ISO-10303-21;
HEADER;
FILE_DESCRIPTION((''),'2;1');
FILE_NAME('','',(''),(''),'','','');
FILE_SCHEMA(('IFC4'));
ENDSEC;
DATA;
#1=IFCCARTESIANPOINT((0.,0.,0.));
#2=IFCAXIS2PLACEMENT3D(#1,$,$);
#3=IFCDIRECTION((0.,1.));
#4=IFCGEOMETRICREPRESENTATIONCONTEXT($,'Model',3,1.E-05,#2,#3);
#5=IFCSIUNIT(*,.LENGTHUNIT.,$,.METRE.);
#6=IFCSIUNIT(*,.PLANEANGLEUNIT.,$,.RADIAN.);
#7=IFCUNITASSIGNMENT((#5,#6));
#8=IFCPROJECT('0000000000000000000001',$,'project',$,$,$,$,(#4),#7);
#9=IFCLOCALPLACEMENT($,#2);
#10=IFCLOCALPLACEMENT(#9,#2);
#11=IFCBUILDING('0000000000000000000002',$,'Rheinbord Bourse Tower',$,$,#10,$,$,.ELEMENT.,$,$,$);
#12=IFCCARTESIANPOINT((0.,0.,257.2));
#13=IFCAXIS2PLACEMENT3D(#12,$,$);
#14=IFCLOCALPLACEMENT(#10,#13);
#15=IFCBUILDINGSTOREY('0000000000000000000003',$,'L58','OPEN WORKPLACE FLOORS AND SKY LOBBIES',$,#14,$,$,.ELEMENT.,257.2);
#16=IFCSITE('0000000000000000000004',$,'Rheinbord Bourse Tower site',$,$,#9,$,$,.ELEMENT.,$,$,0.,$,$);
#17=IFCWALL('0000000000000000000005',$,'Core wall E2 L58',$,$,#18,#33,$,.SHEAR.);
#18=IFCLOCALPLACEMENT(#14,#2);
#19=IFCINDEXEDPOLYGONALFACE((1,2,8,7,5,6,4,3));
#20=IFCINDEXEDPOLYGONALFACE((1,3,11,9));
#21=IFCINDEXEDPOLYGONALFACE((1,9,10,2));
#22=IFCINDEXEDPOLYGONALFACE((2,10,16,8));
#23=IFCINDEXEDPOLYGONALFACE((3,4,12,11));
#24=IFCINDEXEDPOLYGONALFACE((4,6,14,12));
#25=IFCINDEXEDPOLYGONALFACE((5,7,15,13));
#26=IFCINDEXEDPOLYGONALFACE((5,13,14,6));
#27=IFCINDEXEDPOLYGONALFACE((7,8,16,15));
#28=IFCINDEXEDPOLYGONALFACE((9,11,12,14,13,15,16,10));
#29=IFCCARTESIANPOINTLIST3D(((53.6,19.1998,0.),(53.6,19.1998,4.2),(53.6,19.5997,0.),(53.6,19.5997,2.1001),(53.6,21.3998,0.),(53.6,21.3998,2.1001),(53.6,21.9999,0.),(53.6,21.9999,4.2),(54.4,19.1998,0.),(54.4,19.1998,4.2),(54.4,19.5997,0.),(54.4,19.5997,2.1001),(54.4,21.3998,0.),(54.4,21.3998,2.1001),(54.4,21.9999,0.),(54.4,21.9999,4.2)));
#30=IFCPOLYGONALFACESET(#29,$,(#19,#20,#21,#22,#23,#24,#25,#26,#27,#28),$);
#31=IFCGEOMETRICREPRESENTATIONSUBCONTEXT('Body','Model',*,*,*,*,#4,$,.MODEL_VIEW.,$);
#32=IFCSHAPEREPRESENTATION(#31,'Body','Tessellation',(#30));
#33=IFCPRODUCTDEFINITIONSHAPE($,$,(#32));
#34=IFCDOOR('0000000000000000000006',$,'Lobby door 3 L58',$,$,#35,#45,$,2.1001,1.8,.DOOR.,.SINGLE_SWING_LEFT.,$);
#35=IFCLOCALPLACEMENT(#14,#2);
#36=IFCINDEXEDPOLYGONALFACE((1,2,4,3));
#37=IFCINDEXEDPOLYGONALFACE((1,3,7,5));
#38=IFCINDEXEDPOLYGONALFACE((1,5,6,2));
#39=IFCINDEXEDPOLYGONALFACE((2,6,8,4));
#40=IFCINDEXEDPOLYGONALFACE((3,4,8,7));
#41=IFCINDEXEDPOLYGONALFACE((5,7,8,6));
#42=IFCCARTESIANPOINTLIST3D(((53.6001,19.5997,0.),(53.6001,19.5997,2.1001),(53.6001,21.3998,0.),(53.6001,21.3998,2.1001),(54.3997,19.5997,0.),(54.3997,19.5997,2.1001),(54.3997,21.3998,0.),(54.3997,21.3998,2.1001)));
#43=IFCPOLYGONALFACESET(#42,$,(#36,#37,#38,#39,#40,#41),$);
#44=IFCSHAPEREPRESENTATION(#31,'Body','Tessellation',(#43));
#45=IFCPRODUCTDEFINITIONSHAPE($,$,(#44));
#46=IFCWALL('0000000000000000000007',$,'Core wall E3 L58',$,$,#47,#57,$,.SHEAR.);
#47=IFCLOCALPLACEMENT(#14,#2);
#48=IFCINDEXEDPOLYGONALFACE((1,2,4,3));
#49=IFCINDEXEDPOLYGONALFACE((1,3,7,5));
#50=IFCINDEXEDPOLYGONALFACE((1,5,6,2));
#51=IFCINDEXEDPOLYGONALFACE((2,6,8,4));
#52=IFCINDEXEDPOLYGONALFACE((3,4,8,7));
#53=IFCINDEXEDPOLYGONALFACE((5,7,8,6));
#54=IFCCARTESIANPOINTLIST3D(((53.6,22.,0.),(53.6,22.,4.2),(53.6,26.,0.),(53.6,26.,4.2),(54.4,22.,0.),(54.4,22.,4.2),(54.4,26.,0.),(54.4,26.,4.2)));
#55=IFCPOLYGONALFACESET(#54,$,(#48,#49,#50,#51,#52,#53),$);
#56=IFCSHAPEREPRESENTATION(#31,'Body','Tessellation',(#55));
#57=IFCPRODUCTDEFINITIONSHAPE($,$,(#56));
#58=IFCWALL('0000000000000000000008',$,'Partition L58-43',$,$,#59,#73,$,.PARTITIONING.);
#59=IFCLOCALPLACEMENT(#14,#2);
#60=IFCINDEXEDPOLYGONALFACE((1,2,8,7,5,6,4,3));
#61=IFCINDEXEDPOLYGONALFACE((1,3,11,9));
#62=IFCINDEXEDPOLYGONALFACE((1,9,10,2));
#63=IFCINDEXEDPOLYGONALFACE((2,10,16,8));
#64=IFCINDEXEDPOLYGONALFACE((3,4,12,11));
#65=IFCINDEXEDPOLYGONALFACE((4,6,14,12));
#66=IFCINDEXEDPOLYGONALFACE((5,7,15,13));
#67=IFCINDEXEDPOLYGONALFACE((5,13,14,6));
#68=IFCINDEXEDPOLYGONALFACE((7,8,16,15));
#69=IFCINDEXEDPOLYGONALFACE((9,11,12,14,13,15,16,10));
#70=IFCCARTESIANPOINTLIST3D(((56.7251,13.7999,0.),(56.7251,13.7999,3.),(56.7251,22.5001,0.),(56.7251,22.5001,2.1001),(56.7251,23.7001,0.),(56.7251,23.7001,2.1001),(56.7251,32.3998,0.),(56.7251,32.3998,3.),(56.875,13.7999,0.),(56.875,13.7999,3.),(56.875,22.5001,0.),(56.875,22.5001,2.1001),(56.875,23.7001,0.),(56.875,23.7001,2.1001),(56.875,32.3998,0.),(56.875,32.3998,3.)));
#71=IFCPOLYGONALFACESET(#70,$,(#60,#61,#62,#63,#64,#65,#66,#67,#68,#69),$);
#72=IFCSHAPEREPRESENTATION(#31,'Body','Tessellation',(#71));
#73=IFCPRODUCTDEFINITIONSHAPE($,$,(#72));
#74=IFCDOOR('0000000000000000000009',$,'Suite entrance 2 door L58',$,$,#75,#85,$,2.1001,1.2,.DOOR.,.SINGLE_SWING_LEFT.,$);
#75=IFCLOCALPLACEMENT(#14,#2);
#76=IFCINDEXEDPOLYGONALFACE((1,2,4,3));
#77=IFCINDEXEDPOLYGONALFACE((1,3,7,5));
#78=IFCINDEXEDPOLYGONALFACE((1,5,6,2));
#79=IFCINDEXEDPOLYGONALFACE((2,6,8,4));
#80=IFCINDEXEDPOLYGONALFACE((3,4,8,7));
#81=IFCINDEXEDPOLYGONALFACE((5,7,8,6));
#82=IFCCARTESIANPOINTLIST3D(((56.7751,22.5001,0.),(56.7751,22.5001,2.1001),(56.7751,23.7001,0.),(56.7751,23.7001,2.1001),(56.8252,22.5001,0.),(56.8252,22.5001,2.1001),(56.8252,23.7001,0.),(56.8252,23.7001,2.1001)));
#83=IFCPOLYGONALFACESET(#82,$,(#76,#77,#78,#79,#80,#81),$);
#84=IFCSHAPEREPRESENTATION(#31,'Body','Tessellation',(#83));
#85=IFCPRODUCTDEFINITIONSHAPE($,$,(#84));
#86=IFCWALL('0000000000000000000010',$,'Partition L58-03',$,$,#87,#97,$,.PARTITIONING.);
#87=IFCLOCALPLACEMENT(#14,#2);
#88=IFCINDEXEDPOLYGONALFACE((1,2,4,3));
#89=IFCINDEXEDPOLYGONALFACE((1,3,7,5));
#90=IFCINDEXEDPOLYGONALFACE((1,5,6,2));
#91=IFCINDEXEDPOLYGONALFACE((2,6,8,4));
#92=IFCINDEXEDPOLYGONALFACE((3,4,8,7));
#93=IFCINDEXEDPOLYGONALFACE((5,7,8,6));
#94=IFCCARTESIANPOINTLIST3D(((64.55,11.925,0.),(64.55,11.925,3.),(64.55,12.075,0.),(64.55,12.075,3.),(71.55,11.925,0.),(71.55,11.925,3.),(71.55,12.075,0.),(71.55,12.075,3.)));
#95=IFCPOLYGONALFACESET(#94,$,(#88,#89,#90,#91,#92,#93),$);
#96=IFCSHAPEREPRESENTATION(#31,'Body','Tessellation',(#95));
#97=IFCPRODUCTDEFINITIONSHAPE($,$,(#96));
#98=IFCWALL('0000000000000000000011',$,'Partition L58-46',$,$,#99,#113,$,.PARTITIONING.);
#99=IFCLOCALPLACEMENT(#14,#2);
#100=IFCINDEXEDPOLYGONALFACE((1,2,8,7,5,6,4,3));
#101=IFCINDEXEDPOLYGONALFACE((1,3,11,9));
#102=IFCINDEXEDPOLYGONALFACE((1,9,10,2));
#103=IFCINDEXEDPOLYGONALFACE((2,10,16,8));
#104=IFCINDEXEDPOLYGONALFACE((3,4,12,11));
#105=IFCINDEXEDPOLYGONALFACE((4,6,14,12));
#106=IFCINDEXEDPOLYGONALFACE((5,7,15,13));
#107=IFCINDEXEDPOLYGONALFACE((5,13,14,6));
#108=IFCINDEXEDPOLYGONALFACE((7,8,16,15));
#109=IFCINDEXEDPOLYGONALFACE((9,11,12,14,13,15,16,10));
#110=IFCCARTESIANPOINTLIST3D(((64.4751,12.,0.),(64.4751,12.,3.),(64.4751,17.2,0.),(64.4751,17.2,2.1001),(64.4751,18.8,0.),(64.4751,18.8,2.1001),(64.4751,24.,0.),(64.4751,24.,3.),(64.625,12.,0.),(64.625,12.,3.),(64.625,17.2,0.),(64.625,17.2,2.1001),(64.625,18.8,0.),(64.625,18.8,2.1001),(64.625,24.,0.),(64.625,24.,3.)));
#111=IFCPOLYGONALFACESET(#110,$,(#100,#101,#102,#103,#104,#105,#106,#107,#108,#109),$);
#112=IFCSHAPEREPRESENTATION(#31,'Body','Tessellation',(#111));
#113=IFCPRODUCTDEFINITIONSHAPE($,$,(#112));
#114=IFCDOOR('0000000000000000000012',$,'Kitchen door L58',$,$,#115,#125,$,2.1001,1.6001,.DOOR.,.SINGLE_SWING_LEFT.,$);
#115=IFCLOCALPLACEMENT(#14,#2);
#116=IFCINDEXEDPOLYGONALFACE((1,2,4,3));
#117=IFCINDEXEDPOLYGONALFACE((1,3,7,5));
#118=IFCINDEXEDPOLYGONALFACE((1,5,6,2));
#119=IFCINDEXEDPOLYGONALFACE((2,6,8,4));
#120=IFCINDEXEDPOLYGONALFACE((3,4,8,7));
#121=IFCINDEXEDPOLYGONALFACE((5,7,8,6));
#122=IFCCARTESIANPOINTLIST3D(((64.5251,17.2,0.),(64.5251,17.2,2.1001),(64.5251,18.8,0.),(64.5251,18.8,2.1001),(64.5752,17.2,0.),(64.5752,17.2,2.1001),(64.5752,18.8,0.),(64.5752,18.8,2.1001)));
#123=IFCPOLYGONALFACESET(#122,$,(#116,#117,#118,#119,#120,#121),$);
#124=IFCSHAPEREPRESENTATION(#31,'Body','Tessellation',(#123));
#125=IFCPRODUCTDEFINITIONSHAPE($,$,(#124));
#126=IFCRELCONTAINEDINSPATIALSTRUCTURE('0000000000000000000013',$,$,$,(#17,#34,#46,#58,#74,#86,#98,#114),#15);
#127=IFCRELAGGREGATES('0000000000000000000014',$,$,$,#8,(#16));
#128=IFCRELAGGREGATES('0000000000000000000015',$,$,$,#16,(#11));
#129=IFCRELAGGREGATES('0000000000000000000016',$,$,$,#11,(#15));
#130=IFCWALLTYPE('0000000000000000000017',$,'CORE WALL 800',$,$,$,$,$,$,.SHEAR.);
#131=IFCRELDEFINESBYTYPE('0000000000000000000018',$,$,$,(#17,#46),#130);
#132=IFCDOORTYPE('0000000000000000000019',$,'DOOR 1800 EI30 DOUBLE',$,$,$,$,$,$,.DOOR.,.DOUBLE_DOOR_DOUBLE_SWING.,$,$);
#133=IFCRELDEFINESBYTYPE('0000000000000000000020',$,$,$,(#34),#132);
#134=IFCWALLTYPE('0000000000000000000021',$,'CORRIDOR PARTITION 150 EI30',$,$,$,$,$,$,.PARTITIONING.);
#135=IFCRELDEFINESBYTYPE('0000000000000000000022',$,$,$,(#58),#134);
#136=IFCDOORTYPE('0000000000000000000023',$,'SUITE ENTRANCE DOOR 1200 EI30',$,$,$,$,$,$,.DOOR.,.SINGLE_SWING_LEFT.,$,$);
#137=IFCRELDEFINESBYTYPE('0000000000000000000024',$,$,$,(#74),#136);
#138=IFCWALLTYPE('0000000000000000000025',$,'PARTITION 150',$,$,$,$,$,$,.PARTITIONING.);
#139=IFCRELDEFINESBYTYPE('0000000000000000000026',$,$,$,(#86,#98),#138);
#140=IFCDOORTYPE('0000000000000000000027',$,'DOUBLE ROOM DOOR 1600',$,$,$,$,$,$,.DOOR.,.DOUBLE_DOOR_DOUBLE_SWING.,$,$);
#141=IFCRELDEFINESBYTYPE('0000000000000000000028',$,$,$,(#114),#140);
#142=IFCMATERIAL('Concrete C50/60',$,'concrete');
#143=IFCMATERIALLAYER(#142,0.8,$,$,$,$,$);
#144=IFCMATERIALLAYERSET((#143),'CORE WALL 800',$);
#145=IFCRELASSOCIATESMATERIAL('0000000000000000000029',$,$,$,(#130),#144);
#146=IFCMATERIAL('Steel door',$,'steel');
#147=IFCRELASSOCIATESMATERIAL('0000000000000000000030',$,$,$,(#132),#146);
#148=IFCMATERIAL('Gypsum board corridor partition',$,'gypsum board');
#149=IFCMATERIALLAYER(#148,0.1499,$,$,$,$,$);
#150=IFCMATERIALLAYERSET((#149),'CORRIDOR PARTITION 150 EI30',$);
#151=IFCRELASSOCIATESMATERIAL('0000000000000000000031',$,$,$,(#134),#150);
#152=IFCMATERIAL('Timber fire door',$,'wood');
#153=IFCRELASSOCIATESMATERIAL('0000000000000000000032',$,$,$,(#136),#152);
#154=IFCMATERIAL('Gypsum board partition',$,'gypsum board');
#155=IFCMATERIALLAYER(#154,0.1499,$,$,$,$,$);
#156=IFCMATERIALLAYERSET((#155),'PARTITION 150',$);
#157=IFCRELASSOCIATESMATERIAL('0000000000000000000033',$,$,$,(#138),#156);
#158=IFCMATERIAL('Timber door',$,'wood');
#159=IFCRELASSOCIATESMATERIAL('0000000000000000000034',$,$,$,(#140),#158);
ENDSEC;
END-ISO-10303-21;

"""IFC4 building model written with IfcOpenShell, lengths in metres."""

from ifc_helpers import new_model, si_unit, direction, frame, frame_2d, origin, place, context, subcontext, project, spatial, rectangle, extrude, material, layer, layer_set, type_object, element, fill, save


model = new_model("IFC4")

# Units and contexts
model_context = context("Model", 3, precision=1e-05, world=origin(), true_north=direction((0.0, 1.0)))
body_context = subcontext(model_context, "Body", "Model", "MODEL_VIEW")
ifc_project = project(units=[si_unit("LENGTHUNIT", "METRE"), si_unit("PLANEANGLEUNIT", "RADIAN")], contexts=[model_context])

# Site, building, storey
site_placement = place(None, origin())
site = spatial("IfcSite", under=ifc_project, at=site_placement, Name="Rheinbord Bourse Tower site", CompositionType="ELEMENT", RefElevation=0.0)
building_placement = place(site_placement, origin())
building = spatial("IfcBuilding", under=site, at=building_placement, Name="Rheinbord Bourse Tower", CompositionType="ELEMENT")
storey_placement = place(building_placement, frame((0.0, 0.0, 257.2)))
storey = spatial("IfcBuildingStorey", under=building, at=storey_placement, Name="L58", Description="OPEN WORKPLACE FLOORS AND SKY LOBBIES", CompositionType="ELEMENT", Elevation=257.2)

# Shared definitions
ifc_material_1 = material(Name="Concrete C50/60", Category="concrete")
ifc_layer_1 = layer(ifc_material_1, 0.8)
ifc_layer_set_1 = layer_set([ifc_layer_1], Name="CORE WALL 800")
wall_type_1 = type_object("IfcWallType", Name="CORE WALL 800", PredefinedType="SHEAR", material=ifc_layer_set_1)

# Wall, opening, door
wall_1_placement = place(storey_placement, frame((54.0, 19.2, 0.0), z_axis=(0.0, 0.0, 1.0), x_axis=(0.0, 1.0, 0.0)))
wall_1 = element("IfcWall", 1, at=wall_1_placement, inside=storey, type_object=wall_type_1, Name="Core wall E2 L58", PredefinedType="SHEAR", context=body_context, shape_type="SweptSolid", body=[
    extrude(rectangle(XDim=2.8, YDim=0.8, at=frame_2d((1.3999, 0.0))), origin(), (0.0, 0.0, 1.0), 4.2),
])
opening_1_placement = place(wall_1_placement, frame((0.3999, 0.0, 0.0)))
opening_1 = element("IfcOpeningElement", 2, at=opening_1_placement, cuts=wall_1, PredefinedType="OPENING", context=body_context, shape_type="SweptSolid", body=[
    extrude(rectangle(XDim=1.8, YDim=2.1001, at=frame_2d((0.8999, 1.05))), frame((0.0, 0.4099, 0.0), z_axis=(0.0, -1.0, 0.0), x_axis=(1.0, 0.0, 0.0)), (0.0, 0.0, 1.0), 0.8201),
])
ifc_material_2 = material(Name="Steel door", Category="steel")
door_type_1 = type_object("IfcDoorType", Name="DOOR 1800 EI30 DOUBLE", OperationType="DOUBLE_DOOR_DOUBLE_SWING", PredefinedType="DOOR", material=ifc_material_2)
door_1_placement = place(opening_1_placement, origin())
door_1 = element("IfcDoor", 3, at=door_1_placement, inside=storey, type_object=door_type_1, Name="Lobby door 3 L58", OperationType="SINGLE_SWING_LEFT", OverallHeight=2.1001, OverallWidth=1.8, PredefinedType="DOOR", context=body_context, shape_type="SweptSolid", body=[
    extrude(rectangle(XDim=1.8, YDim=2.1001, at=frame_2d((0.8999, 1.05))), frame((0.0, 0.3999, 0.0), z_axis=(0.0, -1.0, 0.0), x_axis=(1.0, 0.0, 0.0)), (0.0, 0.0, 1.0), 0.7996),
])
fill(opening_1, door_1)

# Wall
wall_2_placement = place(storey_placement, frame((54.0, 22.0, 0.0), z_axis=(0.0, 0.0, 1.0), x_axis=(0.0, 1.0, 0.0)))
element("IfcWall", 4, at=wall_2_placement, inside=storey, type_object=wall_type_1, Name="Core wall E3 L58", PredefinedType="SHEAR", context=body_context, shape_type="SweptSolid", body=[
    extrude(rectangle(XDim=4.0, YDim=0.8, at=frame_2d((2.0, 0.0))), origin(), (0.0, 0.0, 1.0), 4.2),
])

# Wall, opening, door
ifc_material_3 = material(Name="Gypsum board corridor partition", Category="gypsum board")
ifc_layer_2 = layer(ifc_material_3, 0.1499)
ifc_layer_set_2 = layer_set([ifc_layer_2], Name="CORRIDOR PARTITION 150 EI30")
wall_type_2 = type_object("IfcWallType", Name="CORRIDOR PARTITION 150 EI30", PredefinedType="PARTITIONING", material=ifc_layer_set_2)
wall_3_placement = place(storey_placement, frame((56.8, 13.8, 0.0), z_axis=(0.0, 0.0, 1.0), x_axis=(0.0, 1.0, 0.0)))
wall_3 = element("IfcWall", 5, at=wall_3_placement, inside=storey, type_object=wall_type_2, Name="Partition L58-43", PredefinedType="PARTITIONING", context=body_context, shape_type="SweptSolid", body=[
    extrude(rectangle(XDim=18.5999, YDim=0.1499, at=frame_2d((9.2998, 0.0))), origin(), (0.0, 0.0, 1.0), 3.0),
])
opening_2_placement = place(wall_3_placement, frame((8.7, 0.0, 0.0)))
opening_2 = element("IfcOpeningElement", 6, at=opening_2_placement, cuts=wall_3, PredefinedType="OPENING", context=body_context, shape_type="SweptSolid", body=[
    extrude(rectangle(XDim=1.2, YDim=2.1001, at=frame_2d((0.6001, 1.05))), frame((0.0, 0.085, 0.0), z_axis=(0.0, -1.0, 0.0), x_axis=(1.0, 0.0, 0.0)), (0.0, 0.0, 1.0), 0.1699),
])
ifc_material_4 = material(Name="Timber fire door", Category="wood")
door_type_2 = type_object("IfcDoorType", Name="SUITE ENTRANCE DOOR 1200 EI30", OperationType="SINGLE_SWING_LEFT", PredefinedType="DOOR", material=ifc_material_4)
door_2_placement = place(opening_2_placement, origin())
door_2 = element("IfcDoor", 7, at=door_2_placement, inside=storey, type_object=door_type_2, Name="Suite entrance 2 door L58", OperationType="SINGLE_SWING_LEFT", OverallHeight=2.1001, OverallWidth=1.2, PredefinedType="DOOR", context=body_context, shape_type="SweptSolid", body=[
    extrude(rectangle(XDim=1.2, YDim=2.1001, at=frame_2d((0.6001, 1.05))), frame((0.0, 0.0249, 0.0), z_axis=(0.0, -1.0, 0.0), x_axis=(1.0, 0.0, 0.0)), (0.0, 0.0, 1.0), 0.05),
])
fill(opening_2, door_2)

# Wall
ifc_material_5 = material(Name="Gypsum board partition", Category="gypsum board")
ifc_layer_3 = layer(ifc_material_5, 0.1499)
ifc_layer_set_3 = layer_set([ifc_layer_3], Name="PARTITION 150")
wall_type_3 = type_object("IfcWallType", Name="PARTITION 150", PredefinedType="PARTITIONING", material=ifc_layer_set_3)
wall_4_placement = place(storey_placement, frame((64.55, 12.0, 0.0), z_axis=(0.0, 0.0, 1.0), x_axis=(1.0, 0.0, 0.0)))
element("IfcWall", 8, at=wall_4_placement, inside=storey, type_object=wall_type_3, Name="Partition L58-03", PredefinedType="PARTITIONING", context=body_context, shape_type="SweptSolid", body=[
    extrude(rectangle(XDim=7.0, YDim=0.1499, at=frame_2d((3.5, 0.0))), origin(), (0.0, 0.0, 1.0), 3.0),
])

# Wall, opening, door
wall_5_placement = place(storey_placement, frame((64.55, 12.0, 0.0), z_axis=(0.0, 0.0, 1.0), x_axis=(0.0, 1.0, 0.0)))
wall_5 = element("IfcWall", 9, at=wall_5_placement, inside=storey, type_object=wall_type_3, Name="Partition L58-46", PredefinedType="PARTITIONING", context=body_context, shape_type="SweptSolid", body=[
    extrude(rectangle(XDim=12.0, YDim=0.1499, at=frame_2d((6.0, 0.0))), origin(), (0.0, 0.0, 1.0), 3.0),
])
opening_3_placement = place(wall_5_placement, frame((5.2, 0.0, 0.0)))
opening_3 = element("IfcOpeningElement", 10, at=opening_3_placement, cuts=wall_5, PredefinedType="OPENING", context=body_context, shape_type="SweptSolid", body=[
    extrude(rectangle(XDim=1.6001, YDim=2.1001, at=frame_2d((0.8, 1.05))), frame((0.0, 0.085, 0.0), z_axis=(0.0, -1.0, 0.0), x_axis=(1.0, 0.0, 0.0)), (0.0, 0.0, 1.0), 0.1699),
])
ifc_material_6 = material(Name="Timber door", Category="wood")
door_type_3 = type_object("IfcDoorType", Name="DOUBLE ROOM DOOR 1600", OperationType="DOUBLE_DOOR_DOUBLE_SWING", PredefinedType="DOOR", material=ifc_material_6)
door_3_placement = place(opening_3_placement, origin())
door_3 = element("IfcDoor", 11, at=door_3_placement, inside=storey, type_object=door_type_3, Name="Kitchen door L58", OperationType="SINGLE_SWING_LEFT", OverallHeight=2.1001, OverallWidth=1.6001, PredefinedType="DOOR", context=body_context, shape_type="SweptSolid", body=[
    extrude(rectangle(XDim=1.6001, YDim=2.1001, at=frame_2d((0.8, 1.05))), frame((0.0, 0.0249, 0.0), z_axis=(0.0, -1.0, 0.0), x_axis=(1.0, 0.0, 0.0)), (0.0, 0.0, 1.0), 0.05),
])
fill(opening_3, door_3)

save(model, "model.ifc")
